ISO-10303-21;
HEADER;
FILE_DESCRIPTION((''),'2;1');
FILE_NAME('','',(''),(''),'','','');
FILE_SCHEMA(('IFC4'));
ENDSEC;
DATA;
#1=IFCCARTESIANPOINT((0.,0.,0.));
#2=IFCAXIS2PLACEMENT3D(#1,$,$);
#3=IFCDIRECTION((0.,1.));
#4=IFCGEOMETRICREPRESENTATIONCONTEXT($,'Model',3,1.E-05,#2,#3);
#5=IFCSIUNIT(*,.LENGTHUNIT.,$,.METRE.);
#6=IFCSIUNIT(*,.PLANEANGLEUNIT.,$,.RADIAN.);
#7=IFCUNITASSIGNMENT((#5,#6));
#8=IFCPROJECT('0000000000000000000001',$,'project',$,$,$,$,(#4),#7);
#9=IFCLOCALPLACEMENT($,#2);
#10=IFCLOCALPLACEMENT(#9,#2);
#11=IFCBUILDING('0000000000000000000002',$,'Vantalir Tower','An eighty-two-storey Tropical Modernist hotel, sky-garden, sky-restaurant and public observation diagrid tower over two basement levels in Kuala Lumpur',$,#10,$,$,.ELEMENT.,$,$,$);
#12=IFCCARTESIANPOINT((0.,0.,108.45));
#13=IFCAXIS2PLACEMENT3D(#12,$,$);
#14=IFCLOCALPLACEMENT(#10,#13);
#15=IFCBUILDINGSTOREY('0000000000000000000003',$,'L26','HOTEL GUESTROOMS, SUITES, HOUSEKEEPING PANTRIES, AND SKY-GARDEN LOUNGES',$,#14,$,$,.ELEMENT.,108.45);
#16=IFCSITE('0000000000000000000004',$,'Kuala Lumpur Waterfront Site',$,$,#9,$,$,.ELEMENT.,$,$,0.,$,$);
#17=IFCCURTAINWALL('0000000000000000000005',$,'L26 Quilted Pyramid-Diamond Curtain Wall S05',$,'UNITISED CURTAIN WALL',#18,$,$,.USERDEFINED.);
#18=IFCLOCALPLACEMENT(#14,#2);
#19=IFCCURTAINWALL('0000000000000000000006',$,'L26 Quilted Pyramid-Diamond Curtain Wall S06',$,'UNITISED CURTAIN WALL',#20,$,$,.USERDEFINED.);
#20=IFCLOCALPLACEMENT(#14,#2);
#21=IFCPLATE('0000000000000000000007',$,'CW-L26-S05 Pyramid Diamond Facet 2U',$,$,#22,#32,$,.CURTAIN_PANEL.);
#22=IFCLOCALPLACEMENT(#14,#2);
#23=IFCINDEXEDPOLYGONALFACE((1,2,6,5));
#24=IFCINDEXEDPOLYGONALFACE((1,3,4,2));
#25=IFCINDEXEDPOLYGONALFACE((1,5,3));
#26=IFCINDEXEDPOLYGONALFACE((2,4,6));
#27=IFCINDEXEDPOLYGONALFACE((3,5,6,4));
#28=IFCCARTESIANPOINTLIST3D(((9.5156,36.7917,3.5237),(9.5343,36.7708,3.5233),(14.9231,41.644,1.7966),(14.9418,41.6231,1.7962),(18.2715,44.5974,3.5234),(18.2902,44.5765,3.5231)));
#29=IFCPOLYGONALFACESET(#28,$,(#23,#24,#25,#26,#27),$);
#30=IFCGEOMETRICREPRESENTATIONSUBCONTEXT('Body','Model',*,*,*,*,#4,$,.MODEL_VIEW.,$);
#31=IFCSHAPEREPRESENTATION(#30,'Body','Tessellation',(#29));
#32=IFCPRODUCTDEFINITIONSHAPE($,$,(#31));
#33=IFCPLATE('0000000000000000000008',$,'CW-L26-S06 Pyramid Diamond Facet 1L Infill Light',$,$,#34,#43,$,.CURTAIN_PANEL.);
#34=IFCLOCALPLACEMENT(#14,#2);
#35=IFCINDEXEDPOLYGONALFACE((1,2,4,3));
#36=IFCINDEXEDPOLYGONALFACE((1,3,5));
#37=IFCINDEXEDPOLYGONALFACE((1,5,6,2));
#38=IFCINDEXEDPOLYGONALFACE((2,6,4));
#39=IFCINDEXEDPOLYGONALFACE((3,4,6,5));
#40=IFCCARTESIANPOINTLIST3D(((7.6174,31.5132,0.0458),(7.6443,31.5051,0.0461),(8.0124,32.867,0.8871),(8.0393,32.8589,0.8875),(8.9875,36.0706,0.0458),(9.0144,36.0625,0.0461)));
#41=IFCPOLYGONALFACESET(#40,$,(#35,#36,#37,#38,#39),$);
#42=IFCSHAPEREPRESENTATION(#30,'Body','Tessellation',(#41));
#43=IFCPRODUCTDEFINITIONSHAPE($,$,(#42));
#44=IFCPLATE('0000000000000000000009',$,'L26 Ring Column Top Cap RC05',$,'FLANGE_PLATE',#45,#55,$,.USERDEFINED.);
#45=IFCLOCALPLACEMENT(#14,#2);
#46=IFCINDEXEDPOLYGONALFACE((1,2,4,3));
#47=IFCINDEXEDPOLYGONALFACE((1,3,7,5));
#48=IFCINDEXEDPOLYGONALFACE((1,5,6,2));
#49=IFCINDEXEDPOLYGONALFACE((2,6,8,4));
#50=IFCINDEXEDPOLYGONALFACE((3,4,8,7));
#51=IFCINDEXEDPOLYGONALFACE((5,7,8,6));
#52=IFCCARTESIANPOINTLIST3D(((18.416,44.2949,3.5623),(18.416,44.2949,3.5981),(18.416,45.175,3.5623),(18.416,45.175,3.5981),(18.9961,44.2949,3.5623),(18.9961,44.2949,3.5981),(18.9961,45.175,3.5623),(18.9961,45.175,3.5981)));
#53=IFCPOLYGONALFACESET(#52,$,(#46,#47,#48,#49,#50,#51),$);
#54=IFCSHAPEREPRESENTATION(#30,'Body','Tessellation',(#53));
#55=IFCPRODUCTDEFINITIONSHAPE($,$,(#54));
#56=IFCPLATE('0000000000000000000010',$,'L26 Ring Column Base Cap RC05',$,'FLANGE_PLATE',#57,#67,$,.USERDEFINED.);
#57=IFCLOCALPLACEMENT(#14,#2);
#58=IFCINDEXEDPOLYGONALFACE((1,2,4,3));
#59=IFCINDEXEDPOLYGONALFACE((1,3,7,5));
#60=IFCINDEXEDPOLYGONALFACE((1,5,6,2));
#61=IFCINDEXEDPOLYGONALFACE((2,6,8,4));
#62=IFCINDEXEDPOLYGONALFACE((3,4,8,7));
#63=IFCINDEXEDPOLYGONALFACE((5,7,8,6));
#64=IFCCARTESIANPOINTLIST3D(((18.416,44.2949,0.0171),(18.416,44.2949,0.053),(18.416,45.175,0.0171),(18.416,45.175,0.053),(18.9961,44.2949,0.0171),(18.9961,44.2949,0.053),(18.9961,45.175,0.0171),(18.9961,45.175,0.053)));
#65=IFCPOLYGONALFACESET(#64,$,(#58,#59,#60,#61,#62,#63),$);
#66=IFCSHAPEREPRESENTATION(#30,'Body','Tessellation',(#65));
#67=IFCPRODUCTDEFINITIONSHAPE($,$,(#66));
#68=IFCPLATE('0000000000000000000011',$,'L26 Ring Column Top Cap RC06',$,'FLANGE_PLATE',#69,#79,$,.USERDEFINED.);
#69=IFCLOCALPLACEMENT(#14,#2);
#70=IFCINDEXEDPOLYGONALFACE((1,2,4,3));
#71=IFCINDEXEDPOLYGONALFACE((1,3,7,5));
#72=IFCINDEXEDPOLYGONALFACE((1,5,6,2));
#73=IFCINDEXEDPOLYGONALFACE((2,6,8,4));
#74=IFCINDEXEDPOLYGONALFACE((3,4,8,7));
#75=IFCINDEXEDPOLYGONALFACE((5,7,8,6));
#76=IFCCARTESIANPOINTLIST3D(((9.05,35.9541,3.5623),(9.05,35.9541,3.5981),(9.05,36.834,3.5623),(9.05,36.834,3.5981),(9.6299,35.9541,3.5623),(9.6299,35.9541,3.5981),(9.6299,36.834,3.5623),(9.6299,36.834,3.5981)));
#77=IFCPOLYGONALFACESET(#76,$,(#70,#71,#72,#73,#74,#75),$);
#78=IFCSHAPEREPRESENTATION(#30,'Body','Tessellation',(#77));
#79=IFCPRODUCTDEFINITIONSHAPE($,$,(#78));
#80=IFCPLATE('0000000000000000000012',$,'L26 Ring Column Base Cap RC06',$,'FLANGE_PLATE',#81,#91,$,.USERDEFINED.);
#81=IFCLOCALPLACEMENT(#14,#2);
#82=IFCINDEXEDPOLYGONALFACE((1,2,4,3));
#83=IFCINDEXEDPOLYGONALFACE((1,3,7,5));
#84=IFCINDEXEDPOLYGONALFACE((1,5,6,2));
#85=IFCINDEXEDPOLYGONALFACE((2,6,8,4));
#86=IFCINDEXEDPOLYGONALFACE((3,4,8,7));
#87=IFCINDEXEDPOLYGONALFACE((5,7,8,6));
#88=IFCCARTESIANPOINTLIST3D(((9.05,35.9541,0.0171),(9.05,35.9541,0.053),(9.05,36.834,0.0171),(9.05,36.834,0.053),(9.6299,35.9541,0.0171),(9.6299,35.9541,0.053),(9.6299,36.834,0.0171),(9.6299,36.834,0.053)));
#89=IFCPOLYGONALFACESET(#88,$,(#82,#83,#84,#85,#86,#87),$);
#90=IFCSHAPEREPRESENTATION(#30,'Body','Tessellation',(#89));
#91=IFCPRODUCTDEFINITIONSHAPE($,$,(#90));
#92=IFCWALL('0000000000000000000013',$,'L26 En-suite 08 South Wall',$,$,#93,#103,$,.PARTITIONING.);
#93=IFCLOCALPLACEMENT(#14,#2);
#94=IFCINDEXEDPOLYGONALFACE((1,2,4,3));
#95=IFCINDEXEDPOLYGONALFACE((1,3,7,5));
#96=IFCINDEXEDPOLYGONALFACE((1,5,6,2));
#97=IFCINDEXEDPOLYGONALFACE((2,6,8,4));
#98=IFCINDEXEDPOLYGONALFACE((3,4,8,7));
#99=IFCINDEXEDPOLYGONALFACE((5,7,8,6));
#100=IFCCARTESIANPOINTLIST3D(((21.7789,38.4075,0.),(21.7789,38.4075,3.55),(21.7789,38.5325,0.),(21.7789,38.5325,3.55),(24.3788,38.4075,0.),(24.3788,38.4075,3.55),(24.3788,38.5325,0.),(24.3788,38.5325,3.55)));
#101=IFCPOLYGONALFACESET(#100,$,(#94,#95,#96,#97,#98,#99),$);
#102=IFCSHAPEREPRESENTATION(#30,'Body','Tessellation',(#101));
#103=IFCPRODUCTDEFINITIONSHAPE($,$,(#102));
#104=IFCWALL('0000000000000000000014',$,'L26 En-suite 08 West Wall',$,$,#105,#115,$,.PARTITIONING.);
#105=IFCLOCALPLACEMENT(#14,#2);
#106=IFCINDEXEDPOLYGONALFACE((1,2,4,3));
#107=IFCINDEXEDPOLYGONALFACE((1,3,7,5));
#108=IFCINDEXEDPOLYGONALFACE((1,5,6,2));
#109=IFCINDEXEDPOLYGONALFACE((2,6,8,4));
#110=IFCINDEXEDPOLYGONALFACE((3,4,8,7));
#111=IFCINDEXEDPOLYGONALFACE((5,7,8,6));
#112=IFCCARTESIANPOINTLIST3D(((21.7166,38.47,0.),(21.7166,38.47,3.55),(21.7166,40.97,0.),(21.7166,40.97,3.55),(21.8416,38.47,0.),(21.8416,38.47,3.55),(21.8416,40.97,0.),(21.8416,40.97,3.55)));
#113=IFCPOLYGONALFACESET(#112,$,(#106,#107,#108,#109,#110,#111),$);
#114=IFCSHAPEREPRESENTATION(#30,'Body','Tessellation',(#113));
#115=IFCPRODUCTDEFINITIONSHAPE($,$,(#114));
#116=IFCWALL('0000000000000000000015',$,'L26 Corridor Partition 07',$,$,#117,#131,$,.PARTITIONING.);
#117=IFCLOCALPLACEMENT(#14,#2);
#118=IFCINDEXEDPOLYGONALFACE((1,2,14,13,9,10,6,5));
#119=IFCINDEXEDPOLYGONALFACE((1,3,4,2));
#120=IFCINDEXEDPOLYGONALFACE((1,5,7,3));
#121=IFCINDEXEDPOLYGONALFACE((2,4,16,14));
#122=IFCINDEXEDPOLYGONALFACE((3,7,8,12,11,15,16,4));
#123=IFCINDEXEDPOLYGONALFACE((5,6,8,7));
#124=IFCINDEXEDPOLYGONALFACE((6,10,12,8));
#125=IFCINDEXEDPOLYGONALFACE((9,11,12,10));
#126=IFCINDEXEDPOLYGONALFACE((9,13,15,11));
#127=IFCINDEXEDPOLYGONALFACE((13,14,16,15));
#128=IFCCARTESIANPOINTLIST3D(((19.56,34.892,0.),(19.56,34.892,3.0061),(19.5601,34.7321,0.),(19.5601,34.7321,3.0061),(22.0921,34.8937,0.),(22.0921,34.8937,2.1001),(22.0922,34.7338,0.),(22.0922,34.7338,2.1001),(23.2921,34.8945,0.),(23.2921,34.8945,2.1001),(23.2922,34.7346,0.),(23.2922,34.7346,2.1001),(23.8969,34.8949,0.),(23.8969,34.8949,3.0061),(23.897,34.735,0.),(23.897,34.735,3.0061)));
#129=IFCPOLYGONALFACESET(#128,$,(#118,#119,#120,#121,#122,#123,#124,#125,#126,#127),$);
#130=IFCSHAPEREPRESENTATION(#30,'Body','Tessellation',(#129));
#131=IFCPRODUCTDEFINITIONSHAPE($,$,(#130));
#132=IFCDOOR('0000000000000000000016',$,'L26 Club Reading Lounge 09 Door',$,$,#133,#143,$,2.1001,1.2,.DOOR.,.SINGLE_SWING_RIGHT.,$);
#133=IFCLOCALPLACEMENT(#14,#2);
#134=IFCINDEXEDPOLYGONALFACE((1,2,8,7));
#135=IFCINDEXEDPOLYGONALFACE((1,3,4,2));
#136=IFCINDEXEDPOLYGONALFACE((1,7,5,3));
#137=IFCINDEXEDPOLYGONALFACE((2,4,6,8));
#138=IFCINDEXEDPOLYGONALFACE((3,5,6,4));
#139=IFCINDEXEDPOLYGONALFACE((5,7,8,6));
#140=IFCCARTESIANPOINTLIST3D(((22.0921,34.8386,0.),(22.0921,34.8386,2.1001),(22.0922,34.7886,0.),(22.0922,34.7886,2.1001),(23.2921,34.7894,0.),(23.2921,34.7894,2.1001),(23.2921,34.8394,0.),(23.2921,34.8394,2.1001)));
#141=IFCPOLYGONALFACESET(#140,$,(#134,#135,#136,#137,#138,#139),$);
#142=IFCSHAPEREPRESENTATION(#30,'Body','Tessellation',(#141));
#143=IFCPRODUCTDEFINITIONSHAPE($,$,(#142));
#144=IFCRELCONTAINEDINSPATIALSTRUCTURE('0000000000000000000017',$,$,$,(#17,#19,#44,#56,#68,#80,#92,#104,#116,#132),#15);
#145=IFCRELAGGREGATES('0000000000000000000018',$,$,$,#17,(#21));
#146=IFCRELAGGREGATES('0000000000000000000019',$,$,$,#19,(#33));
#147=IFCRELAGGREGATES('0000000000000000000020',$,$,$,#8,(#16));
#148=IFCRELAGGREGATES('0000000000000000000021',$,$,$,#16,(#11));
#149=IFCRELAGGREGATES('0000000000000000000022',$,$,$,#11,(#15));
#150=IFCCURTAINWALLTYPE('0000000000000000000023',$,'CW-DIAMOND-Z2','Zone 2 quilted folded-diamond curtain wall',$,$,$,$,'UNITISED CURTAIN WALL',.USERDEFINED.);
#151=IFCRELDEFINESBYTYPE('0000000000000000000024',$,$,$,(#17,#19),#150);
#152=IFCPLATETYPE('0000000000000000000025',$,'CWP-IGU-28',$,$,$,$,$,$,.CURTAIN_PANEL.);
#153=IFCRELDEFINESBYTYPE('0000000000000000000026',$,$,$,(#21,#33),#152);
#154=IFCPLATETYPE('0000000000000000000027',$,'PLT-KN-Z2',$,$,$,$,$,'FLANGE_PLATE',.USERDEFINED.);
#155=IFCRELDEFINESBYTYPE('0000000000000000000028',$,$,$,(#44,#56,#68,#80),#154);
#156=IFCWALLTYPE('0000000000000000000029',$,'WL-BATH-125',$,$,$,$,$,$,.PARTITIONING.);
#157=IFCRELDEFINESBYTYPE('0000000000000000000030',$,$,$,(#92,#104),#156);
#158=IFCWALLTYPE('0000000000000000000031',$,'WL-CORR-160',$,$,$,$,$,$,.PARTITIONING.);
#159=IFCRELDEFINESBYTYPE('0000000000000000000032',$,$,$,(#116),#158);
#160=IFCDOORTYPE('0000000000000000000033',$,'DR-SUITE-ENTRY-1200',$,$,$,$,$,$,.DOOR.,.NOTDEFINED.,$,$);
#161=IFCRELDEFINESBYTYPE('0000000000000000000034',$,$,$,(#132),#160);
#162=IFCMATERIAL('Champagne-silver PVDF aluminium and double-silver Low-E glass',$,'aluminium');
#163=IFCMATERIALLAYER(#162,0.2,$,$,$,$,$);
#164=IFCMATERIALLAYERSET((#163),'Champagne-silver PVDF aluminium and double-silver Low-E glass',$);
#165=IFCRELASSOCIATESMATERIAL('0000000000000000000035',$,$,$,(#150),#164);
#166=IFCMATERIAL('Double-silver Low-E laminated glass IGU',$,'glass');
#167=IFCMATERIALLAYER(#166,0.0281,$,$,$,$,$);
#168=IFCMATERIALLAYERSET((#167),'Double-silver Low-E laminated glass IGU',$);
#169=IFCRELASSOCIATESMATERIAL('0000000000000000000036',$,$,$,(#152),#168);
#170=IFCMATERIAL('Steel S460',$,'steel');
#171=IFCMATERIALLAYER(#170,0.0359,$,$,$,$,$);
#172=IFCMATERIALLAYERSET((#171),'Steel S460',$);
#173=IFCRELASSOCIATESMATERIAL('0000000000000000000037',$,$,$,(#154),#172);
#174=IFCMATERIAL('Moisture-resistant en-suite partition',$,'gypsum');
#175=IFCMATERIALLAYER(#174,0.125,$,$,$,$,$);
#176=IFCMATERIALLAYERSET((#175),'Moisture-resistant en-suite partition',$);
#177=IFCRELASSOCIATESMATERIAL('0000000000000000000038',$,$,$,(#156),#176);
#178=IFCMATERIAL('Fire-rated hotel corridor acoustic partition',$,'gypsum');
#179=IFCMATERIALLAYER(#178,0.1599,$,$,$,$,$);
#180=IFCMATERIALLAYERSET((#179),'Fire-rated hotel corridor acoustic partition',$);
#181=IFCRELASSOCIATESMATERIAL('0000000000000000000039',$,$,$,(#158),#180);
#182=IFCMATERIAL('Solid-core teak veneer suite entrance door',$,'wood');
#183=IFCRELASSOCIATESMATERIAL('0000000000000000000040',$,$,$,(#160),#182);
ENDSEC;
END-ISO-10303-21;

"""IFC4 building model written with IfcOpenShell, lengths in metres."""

from ifc_helpers import new_model, si_unit, direction, frame, frame_2d, origin, place, context, subcontext, project, spatial, polyline, rectangle, outline, extrude, material, layer, layer_set, type_object, element, fill, aggregate, save


model = new_model("IFC4")

# Units and contexts
model_context = context("Model", 3, precision=1e-05, world=origin(), true_north=direction((0.0, 1.0)))
body_context = subcontext(model_context, "Body", "Model", "MODEL_VIEW")
ifc_project = project(units=[si_unit("LENGTHUNIT", "METRE"), si_unit("PLANEANGLEUNIT", "RADIAN")], contexts=[model_context])

# Site, building, storey
site_placement = place(None, origin())
site = spatial("IfcSite", under=ifc_project, at=site_placement, Name="Kuala Lumpur Waterfront Site", CompositionType="ELEMENT", RefElevation=0.0)
building_placement = place(site_placement, origin())
building = spatial("IfcBuilding", under=site, at=building_placement, Name="Vantalir Tower", Description="An eighty-two-storey Tropical Modernist hotel, sky-garden, sky-restaurant and public observation diagrid tower over two basement levels in Kuala Lumpur", CompositionType="ELEMENT")
storey_placement = place(building_placement, frame((0.0, 0.0, 108.45)))
storey = spatial("IfcBuildingStorey", under=building, at=storey_placement, Name="L26", Description="HOTEL GUESTROOMS, SUITES, HOUSEKEEPING PANTRIES, AND SKY-GARDEN LOUNGES", CompositionType="ELEMENT", Elevation=108.45)

# Shared definitions
ifc_material_1 = material(Name="Steel S460", Category="steel")

# Shared definitions
ifc_material_2 = material(Name="Champagne-silver PVDF aluminium and double-silver Low-E glass", Category="aluminium")
ifc_layer_1 = layer(ifc_material_2, 0.2)
ifc_layer_set_1 = layer_set([ifc_layer_1], Name="Champagne-silver PVDF aluminium and double-silver Low-E glass")
curtain_wall_type = type_object("IfcCurtainWallType", Name="CW-DIAMOND-Z2", Description="Zone 2 quilted folded-diamond curtain wall", ElementType="UNITISED CURTAIN WALL", PredefinedType="USERDEFINED", material=ifc_layer_set_1)

# Curtain wall
curtain_wall_1_placement = place(storey_placement, origin())
curtain_wall_1 = element("IfcCurtainWall", 1, at=curtain_wall_1_placement, inside=storey, type_object=curtain_wall_type, Name="L26 Quilted Pyramid-Diamond Curtain Wall S05", ObjectType="UNITISED CURTAIN WALL", PredefinedType="USERDEFINED")

# Curtain wall
curtain_wall_2_placement = place(storey_placement, origin())
curtain_wall_2 = element("IfcCurtainWall", 2, at=curtain_wall_2_placement, inside=storey, type_object=curtain_wall_type, Name="L26 Quilted Pyramid-Diamond Curtain Wall S06", ObjectType="UNITISED CURTAIN WALL", PredefinedType="USERDEFINED")

# Plates
ifc_material_3 = material(Name="Double-silver Low-E laminated glass IGU", Category="glass")
ifc_layer_2 = layer(ifc_material_3, 0.0281)
ifc_layer_set_2 = layer_set([ifc_layer_2], Name="Double-silver Low-E laminated glass IGU")
plate_type_1 = type_object("IfcPlateType", Name="CWP-IGU-28", PredefinedType="CURTAIN_PANEL", material=ifc_layer_set_2)
plate_1_placement = place(storey_placement, frame((9.5156, 36.7917, 3.5237), z_axis=(-0.665381, 0.746379, 0.013679), x_axis=(0.746449, 0.665443, -0.000021)))
plate_1 = element("IfcPlate", 3, at=plate_1_placement, type_object=plate_type_1, Name="CW-L26-S05 Pyramid Diamond Facet 2U", PredefinedType="CURTAIN_PANEL", context=body_context, shape_type="SweptSolid", body=[
    extrude(outline(polyline([(0.0, 0.0), (11.73, 0.0), (7.2654, 1.7271), (0.0, 0.0)])), origin(), (0.0, 0.0, -1.0), 0.0281),
])
aggregate(curtain_wall_1, [plate_1])
plate_2_placement = place(storey_placement, frame((9.0144, 36.0625, 0.0461), z_axis=(0.957569, -0.287881, 0.013626), x_axis=(-0.287908, -0.957658, 0.0)))
plate_2 = element("IfcPlate", 4, at=plate_2_placement, type_object=plate_type_1, Name="CW-L26-S06 Pyramid Diamond Facet 1L Infill Light", PredefinedType="CURTAIN_PANEL", context=body_context, shape_type="SweptSolid", body=[
    extrude(outline(polyline([(0.0, 0.0), (4.7589, 0.0), (3.3487, -0.8414), (0.0, 0.0)])), origin(), (0.0, 0.0, -1.0), 0.0281),
])
aggregate(curtain_wall_2, [plate_2])

# Plates
ifc_layer_3 = layer(ifc_material_1, 0.0359)
ifc_layer_set_3 = layer_set([ifc_layer_3], Name="Steel S460")
plate_type_2 = type_object("IfcPlateType", Name="PLT-KN-Z2", ElementType="FLANGE_PLATE", PredefinedType="USERDEFINED", material=ifc_layer_set_3)
for number, where, z_axis, x_axis, name in (
    (5, (18.416, 45.175, 3.5981), (0.0, 0.0, 1.0), (0.0, -1.0, 0.0), "L26 Ring Column Top Cap RC05"),
    (6, (18.416, 45.175, 0.053), (0.0, 0.0, 1.0), (0.0, -1.0, 0.0), "L26 Ring Column Base Cap RC05"),
):
    element("IfcPlate", number, at=place(storey_placement, frame(where, z_axis=z_axis, x_axis=x_axis)), inside=storey, type_object=plate_type_2, Name=name, ObjectType="FLANGE_PLATE", PredefinedType="USERDEFINED", context=body_context, shape_type="SweptSolid", body=[
        extrude(outline(polyline([(0.0, 0.0), (0.8801, 0.0), (0.8801, 0.5801), (0.0, 0.5801), (0.0, 0.0)])), origin(), (0.0, 0.0, -1.0), 0.0359),
    ])
for number, where, z_axis, x_axis, name in (
    (7, (9.05, 36.834, 3.5981), (0.0, 0.0, 1.0), (0.0, -1.0, 0.0), "L26 Ring Column Top Cap RC06"),
    (8, (9.05, 36.834, 0.053), (0.0, 0.0, 1.0), (0.0, -1.0, 0.0), "L26 Ring Column Base Cap RC06"),
):
    element("IfcPlate", number, at=place(storey_placement, frame(where, z_axis=z_axis, x_axis=x_axis)), inside=storey, type_object=plate_type_2, Name=name, ObjectType="FLANGE_PLATE", PredefinedType="USERDEFINED", context=body_context, shape_type="SweptSolid", body=[
        extrude(outline(polyline([(0.0, 0.0), (0.8799, 0.0), (0.8799, 0.5798), (0.0, 0.5798), (0.0, 0.0)])), origin(), (0.0, 0.0, -1.0), 0.0359),
    ])

# Walls
ifc_material_4 = material(Name="Moisture-resistant en-suite partition", Category="gypsum")
ifc_layer_4 = layer(ifc_material_4, 0.125)
ifc_layer_set_4 = layer_set([ifc_layer_4], Name="Moisture-resistant en-suite partition")
wall_type_1 = type_object("IfcWallType", Name="WL-BATH-125", PredefinedType="PARTITIONING", material=ifc_layer_set_4)
wall_1_placement = place(storey_placement, frame((21.7791, 38.47, 0.0), z_axis=(0.0, 0.0, 1.0), x_axis=(1.0, 0.0, 0.0)))
element("IfcWall", 9, at=wall_1_placement, inside=storey, type_object=wall_type_1, Name="L26 En-suite 08 South Wall", PredefinedType="PARTITIONING", context=body_context, shape_type="SweptSolid", body=[
    extrude(rectangle(XDim=2.5999, YDim=0.125, at=frame_2d((1.2998, 0.0))), origin(), (0.0, 0.0, 1.0), 3.55),
])
wall_2_placement = place(storey_placement, frame((21.7791, 38.47, 0.0), z_axis=(0.0, 0.0, 1.0), x_axis=(0.0, 1.0, 0.0)))
element("IfcWall", 10, at=wall_2_placement, inside=storey, type_object=wall_type_1, Name="L26 En-suite 08 West Wall", PredefinedType="PARTITIONING", context=body_context, shape_type="SweptSolid", body=[
    extrude(rectangle(XDim=2.5, YDim=0.125, at=frame_2d((1.25, 0.0))), origin(), (0.0, 0.0, 1.0), 3.55),
])

# Wall, opening, door
ifc_material_5 = material(Name="Fire-rated hotel corridor acoustic partition", Category="gypsum")
ifc_layer_5 = layer(ifc_material_5, 0.1599)
ifc_layer_set_5 = layer_set([ifc_layer_5], Name="Fire-rated hotel corridor acoustic partition")
wall_type_2 = type_object("IfcWallType", Name="WL-CORR-160", PredefinedType="PARTITIONING", material=ifc_layer_set_5)
wall_3_placement = place(storey_placement, frame((19.5601, 34.812, 0.0), z_axis=(0.0, 0.0, 1.0), x_axis=(1.0, 0.000676, 0.0)))
wall_3 = element("IfcWall", 11, at=wall_3_placement, inside=storey, type_object=wall_type_2, Name="L26 Corridor Partition 07", PredefinedType="PARTITIONING", context=body_context, shape_type="SweptSolid", body=[
    extrude(rectangle(XDim=4.3369, YDim=0.1599, at=frame_2d((2.1685, 0.0))), origin(), (0.0, 0.0, 1.0), 3.0061),
])
opening_placement = place(wall_3_placement, frame((2.532, 0.0, 0.0)))
opening = element("IfcOpeningElement", 12, at=opening_placement, cuts=wall_3, PredefinedType="OPENING", context=body_context, shape_type="SweptSolid", body=[
    extrude(rectangle(XDim=1.2, YDim=2.1001, at=frame_2d((0.6001, 1.05))), frame((0.0, 0.0898, 0.0), z_axis=(0.0, -1.0, 0.0), x_axis=(1.0, 0.0, 0.0)), (0.0, 0.0, 1.0), 0.1799),
])
ifc_material_6 = material(Name="Solid-core teak veneer suite entrance door", Category="wood")
door_type = type_object("IfcDoorType", Name="DR-SUITE-ENTRY-1200", OperationType="NOTDEFINED", PredefinedType="DOOR", material=ifc_material_6)
door_placement = place(opening_placement, origin())
door = element("IfcDoor", 13, at=door_placement, inside=storey, type_object=door_type, Name="L26 Club Reading Lounge 09 Door", OperationType="SINGLE_SWING_RIGHT", OverallHeight=2.1001, OverallWidth=1.2, PredefinedType="DOOR", context=body_context, shape_type="SweptSolid", body=[
    extrude(rectangle(XDim=1.2, YDim=2.1001, at=frame_2d((0.6001, 1.05))), frame((0.0, 0.0249, 0.0), z_axis=(0.0, -1.0, 0.0), x_axis=(1.0, 0.0, 0.0)), (0.0, 0.0, 1.0), 0.05),
])
fill(opening, door)

save(model, "model.ifc")
